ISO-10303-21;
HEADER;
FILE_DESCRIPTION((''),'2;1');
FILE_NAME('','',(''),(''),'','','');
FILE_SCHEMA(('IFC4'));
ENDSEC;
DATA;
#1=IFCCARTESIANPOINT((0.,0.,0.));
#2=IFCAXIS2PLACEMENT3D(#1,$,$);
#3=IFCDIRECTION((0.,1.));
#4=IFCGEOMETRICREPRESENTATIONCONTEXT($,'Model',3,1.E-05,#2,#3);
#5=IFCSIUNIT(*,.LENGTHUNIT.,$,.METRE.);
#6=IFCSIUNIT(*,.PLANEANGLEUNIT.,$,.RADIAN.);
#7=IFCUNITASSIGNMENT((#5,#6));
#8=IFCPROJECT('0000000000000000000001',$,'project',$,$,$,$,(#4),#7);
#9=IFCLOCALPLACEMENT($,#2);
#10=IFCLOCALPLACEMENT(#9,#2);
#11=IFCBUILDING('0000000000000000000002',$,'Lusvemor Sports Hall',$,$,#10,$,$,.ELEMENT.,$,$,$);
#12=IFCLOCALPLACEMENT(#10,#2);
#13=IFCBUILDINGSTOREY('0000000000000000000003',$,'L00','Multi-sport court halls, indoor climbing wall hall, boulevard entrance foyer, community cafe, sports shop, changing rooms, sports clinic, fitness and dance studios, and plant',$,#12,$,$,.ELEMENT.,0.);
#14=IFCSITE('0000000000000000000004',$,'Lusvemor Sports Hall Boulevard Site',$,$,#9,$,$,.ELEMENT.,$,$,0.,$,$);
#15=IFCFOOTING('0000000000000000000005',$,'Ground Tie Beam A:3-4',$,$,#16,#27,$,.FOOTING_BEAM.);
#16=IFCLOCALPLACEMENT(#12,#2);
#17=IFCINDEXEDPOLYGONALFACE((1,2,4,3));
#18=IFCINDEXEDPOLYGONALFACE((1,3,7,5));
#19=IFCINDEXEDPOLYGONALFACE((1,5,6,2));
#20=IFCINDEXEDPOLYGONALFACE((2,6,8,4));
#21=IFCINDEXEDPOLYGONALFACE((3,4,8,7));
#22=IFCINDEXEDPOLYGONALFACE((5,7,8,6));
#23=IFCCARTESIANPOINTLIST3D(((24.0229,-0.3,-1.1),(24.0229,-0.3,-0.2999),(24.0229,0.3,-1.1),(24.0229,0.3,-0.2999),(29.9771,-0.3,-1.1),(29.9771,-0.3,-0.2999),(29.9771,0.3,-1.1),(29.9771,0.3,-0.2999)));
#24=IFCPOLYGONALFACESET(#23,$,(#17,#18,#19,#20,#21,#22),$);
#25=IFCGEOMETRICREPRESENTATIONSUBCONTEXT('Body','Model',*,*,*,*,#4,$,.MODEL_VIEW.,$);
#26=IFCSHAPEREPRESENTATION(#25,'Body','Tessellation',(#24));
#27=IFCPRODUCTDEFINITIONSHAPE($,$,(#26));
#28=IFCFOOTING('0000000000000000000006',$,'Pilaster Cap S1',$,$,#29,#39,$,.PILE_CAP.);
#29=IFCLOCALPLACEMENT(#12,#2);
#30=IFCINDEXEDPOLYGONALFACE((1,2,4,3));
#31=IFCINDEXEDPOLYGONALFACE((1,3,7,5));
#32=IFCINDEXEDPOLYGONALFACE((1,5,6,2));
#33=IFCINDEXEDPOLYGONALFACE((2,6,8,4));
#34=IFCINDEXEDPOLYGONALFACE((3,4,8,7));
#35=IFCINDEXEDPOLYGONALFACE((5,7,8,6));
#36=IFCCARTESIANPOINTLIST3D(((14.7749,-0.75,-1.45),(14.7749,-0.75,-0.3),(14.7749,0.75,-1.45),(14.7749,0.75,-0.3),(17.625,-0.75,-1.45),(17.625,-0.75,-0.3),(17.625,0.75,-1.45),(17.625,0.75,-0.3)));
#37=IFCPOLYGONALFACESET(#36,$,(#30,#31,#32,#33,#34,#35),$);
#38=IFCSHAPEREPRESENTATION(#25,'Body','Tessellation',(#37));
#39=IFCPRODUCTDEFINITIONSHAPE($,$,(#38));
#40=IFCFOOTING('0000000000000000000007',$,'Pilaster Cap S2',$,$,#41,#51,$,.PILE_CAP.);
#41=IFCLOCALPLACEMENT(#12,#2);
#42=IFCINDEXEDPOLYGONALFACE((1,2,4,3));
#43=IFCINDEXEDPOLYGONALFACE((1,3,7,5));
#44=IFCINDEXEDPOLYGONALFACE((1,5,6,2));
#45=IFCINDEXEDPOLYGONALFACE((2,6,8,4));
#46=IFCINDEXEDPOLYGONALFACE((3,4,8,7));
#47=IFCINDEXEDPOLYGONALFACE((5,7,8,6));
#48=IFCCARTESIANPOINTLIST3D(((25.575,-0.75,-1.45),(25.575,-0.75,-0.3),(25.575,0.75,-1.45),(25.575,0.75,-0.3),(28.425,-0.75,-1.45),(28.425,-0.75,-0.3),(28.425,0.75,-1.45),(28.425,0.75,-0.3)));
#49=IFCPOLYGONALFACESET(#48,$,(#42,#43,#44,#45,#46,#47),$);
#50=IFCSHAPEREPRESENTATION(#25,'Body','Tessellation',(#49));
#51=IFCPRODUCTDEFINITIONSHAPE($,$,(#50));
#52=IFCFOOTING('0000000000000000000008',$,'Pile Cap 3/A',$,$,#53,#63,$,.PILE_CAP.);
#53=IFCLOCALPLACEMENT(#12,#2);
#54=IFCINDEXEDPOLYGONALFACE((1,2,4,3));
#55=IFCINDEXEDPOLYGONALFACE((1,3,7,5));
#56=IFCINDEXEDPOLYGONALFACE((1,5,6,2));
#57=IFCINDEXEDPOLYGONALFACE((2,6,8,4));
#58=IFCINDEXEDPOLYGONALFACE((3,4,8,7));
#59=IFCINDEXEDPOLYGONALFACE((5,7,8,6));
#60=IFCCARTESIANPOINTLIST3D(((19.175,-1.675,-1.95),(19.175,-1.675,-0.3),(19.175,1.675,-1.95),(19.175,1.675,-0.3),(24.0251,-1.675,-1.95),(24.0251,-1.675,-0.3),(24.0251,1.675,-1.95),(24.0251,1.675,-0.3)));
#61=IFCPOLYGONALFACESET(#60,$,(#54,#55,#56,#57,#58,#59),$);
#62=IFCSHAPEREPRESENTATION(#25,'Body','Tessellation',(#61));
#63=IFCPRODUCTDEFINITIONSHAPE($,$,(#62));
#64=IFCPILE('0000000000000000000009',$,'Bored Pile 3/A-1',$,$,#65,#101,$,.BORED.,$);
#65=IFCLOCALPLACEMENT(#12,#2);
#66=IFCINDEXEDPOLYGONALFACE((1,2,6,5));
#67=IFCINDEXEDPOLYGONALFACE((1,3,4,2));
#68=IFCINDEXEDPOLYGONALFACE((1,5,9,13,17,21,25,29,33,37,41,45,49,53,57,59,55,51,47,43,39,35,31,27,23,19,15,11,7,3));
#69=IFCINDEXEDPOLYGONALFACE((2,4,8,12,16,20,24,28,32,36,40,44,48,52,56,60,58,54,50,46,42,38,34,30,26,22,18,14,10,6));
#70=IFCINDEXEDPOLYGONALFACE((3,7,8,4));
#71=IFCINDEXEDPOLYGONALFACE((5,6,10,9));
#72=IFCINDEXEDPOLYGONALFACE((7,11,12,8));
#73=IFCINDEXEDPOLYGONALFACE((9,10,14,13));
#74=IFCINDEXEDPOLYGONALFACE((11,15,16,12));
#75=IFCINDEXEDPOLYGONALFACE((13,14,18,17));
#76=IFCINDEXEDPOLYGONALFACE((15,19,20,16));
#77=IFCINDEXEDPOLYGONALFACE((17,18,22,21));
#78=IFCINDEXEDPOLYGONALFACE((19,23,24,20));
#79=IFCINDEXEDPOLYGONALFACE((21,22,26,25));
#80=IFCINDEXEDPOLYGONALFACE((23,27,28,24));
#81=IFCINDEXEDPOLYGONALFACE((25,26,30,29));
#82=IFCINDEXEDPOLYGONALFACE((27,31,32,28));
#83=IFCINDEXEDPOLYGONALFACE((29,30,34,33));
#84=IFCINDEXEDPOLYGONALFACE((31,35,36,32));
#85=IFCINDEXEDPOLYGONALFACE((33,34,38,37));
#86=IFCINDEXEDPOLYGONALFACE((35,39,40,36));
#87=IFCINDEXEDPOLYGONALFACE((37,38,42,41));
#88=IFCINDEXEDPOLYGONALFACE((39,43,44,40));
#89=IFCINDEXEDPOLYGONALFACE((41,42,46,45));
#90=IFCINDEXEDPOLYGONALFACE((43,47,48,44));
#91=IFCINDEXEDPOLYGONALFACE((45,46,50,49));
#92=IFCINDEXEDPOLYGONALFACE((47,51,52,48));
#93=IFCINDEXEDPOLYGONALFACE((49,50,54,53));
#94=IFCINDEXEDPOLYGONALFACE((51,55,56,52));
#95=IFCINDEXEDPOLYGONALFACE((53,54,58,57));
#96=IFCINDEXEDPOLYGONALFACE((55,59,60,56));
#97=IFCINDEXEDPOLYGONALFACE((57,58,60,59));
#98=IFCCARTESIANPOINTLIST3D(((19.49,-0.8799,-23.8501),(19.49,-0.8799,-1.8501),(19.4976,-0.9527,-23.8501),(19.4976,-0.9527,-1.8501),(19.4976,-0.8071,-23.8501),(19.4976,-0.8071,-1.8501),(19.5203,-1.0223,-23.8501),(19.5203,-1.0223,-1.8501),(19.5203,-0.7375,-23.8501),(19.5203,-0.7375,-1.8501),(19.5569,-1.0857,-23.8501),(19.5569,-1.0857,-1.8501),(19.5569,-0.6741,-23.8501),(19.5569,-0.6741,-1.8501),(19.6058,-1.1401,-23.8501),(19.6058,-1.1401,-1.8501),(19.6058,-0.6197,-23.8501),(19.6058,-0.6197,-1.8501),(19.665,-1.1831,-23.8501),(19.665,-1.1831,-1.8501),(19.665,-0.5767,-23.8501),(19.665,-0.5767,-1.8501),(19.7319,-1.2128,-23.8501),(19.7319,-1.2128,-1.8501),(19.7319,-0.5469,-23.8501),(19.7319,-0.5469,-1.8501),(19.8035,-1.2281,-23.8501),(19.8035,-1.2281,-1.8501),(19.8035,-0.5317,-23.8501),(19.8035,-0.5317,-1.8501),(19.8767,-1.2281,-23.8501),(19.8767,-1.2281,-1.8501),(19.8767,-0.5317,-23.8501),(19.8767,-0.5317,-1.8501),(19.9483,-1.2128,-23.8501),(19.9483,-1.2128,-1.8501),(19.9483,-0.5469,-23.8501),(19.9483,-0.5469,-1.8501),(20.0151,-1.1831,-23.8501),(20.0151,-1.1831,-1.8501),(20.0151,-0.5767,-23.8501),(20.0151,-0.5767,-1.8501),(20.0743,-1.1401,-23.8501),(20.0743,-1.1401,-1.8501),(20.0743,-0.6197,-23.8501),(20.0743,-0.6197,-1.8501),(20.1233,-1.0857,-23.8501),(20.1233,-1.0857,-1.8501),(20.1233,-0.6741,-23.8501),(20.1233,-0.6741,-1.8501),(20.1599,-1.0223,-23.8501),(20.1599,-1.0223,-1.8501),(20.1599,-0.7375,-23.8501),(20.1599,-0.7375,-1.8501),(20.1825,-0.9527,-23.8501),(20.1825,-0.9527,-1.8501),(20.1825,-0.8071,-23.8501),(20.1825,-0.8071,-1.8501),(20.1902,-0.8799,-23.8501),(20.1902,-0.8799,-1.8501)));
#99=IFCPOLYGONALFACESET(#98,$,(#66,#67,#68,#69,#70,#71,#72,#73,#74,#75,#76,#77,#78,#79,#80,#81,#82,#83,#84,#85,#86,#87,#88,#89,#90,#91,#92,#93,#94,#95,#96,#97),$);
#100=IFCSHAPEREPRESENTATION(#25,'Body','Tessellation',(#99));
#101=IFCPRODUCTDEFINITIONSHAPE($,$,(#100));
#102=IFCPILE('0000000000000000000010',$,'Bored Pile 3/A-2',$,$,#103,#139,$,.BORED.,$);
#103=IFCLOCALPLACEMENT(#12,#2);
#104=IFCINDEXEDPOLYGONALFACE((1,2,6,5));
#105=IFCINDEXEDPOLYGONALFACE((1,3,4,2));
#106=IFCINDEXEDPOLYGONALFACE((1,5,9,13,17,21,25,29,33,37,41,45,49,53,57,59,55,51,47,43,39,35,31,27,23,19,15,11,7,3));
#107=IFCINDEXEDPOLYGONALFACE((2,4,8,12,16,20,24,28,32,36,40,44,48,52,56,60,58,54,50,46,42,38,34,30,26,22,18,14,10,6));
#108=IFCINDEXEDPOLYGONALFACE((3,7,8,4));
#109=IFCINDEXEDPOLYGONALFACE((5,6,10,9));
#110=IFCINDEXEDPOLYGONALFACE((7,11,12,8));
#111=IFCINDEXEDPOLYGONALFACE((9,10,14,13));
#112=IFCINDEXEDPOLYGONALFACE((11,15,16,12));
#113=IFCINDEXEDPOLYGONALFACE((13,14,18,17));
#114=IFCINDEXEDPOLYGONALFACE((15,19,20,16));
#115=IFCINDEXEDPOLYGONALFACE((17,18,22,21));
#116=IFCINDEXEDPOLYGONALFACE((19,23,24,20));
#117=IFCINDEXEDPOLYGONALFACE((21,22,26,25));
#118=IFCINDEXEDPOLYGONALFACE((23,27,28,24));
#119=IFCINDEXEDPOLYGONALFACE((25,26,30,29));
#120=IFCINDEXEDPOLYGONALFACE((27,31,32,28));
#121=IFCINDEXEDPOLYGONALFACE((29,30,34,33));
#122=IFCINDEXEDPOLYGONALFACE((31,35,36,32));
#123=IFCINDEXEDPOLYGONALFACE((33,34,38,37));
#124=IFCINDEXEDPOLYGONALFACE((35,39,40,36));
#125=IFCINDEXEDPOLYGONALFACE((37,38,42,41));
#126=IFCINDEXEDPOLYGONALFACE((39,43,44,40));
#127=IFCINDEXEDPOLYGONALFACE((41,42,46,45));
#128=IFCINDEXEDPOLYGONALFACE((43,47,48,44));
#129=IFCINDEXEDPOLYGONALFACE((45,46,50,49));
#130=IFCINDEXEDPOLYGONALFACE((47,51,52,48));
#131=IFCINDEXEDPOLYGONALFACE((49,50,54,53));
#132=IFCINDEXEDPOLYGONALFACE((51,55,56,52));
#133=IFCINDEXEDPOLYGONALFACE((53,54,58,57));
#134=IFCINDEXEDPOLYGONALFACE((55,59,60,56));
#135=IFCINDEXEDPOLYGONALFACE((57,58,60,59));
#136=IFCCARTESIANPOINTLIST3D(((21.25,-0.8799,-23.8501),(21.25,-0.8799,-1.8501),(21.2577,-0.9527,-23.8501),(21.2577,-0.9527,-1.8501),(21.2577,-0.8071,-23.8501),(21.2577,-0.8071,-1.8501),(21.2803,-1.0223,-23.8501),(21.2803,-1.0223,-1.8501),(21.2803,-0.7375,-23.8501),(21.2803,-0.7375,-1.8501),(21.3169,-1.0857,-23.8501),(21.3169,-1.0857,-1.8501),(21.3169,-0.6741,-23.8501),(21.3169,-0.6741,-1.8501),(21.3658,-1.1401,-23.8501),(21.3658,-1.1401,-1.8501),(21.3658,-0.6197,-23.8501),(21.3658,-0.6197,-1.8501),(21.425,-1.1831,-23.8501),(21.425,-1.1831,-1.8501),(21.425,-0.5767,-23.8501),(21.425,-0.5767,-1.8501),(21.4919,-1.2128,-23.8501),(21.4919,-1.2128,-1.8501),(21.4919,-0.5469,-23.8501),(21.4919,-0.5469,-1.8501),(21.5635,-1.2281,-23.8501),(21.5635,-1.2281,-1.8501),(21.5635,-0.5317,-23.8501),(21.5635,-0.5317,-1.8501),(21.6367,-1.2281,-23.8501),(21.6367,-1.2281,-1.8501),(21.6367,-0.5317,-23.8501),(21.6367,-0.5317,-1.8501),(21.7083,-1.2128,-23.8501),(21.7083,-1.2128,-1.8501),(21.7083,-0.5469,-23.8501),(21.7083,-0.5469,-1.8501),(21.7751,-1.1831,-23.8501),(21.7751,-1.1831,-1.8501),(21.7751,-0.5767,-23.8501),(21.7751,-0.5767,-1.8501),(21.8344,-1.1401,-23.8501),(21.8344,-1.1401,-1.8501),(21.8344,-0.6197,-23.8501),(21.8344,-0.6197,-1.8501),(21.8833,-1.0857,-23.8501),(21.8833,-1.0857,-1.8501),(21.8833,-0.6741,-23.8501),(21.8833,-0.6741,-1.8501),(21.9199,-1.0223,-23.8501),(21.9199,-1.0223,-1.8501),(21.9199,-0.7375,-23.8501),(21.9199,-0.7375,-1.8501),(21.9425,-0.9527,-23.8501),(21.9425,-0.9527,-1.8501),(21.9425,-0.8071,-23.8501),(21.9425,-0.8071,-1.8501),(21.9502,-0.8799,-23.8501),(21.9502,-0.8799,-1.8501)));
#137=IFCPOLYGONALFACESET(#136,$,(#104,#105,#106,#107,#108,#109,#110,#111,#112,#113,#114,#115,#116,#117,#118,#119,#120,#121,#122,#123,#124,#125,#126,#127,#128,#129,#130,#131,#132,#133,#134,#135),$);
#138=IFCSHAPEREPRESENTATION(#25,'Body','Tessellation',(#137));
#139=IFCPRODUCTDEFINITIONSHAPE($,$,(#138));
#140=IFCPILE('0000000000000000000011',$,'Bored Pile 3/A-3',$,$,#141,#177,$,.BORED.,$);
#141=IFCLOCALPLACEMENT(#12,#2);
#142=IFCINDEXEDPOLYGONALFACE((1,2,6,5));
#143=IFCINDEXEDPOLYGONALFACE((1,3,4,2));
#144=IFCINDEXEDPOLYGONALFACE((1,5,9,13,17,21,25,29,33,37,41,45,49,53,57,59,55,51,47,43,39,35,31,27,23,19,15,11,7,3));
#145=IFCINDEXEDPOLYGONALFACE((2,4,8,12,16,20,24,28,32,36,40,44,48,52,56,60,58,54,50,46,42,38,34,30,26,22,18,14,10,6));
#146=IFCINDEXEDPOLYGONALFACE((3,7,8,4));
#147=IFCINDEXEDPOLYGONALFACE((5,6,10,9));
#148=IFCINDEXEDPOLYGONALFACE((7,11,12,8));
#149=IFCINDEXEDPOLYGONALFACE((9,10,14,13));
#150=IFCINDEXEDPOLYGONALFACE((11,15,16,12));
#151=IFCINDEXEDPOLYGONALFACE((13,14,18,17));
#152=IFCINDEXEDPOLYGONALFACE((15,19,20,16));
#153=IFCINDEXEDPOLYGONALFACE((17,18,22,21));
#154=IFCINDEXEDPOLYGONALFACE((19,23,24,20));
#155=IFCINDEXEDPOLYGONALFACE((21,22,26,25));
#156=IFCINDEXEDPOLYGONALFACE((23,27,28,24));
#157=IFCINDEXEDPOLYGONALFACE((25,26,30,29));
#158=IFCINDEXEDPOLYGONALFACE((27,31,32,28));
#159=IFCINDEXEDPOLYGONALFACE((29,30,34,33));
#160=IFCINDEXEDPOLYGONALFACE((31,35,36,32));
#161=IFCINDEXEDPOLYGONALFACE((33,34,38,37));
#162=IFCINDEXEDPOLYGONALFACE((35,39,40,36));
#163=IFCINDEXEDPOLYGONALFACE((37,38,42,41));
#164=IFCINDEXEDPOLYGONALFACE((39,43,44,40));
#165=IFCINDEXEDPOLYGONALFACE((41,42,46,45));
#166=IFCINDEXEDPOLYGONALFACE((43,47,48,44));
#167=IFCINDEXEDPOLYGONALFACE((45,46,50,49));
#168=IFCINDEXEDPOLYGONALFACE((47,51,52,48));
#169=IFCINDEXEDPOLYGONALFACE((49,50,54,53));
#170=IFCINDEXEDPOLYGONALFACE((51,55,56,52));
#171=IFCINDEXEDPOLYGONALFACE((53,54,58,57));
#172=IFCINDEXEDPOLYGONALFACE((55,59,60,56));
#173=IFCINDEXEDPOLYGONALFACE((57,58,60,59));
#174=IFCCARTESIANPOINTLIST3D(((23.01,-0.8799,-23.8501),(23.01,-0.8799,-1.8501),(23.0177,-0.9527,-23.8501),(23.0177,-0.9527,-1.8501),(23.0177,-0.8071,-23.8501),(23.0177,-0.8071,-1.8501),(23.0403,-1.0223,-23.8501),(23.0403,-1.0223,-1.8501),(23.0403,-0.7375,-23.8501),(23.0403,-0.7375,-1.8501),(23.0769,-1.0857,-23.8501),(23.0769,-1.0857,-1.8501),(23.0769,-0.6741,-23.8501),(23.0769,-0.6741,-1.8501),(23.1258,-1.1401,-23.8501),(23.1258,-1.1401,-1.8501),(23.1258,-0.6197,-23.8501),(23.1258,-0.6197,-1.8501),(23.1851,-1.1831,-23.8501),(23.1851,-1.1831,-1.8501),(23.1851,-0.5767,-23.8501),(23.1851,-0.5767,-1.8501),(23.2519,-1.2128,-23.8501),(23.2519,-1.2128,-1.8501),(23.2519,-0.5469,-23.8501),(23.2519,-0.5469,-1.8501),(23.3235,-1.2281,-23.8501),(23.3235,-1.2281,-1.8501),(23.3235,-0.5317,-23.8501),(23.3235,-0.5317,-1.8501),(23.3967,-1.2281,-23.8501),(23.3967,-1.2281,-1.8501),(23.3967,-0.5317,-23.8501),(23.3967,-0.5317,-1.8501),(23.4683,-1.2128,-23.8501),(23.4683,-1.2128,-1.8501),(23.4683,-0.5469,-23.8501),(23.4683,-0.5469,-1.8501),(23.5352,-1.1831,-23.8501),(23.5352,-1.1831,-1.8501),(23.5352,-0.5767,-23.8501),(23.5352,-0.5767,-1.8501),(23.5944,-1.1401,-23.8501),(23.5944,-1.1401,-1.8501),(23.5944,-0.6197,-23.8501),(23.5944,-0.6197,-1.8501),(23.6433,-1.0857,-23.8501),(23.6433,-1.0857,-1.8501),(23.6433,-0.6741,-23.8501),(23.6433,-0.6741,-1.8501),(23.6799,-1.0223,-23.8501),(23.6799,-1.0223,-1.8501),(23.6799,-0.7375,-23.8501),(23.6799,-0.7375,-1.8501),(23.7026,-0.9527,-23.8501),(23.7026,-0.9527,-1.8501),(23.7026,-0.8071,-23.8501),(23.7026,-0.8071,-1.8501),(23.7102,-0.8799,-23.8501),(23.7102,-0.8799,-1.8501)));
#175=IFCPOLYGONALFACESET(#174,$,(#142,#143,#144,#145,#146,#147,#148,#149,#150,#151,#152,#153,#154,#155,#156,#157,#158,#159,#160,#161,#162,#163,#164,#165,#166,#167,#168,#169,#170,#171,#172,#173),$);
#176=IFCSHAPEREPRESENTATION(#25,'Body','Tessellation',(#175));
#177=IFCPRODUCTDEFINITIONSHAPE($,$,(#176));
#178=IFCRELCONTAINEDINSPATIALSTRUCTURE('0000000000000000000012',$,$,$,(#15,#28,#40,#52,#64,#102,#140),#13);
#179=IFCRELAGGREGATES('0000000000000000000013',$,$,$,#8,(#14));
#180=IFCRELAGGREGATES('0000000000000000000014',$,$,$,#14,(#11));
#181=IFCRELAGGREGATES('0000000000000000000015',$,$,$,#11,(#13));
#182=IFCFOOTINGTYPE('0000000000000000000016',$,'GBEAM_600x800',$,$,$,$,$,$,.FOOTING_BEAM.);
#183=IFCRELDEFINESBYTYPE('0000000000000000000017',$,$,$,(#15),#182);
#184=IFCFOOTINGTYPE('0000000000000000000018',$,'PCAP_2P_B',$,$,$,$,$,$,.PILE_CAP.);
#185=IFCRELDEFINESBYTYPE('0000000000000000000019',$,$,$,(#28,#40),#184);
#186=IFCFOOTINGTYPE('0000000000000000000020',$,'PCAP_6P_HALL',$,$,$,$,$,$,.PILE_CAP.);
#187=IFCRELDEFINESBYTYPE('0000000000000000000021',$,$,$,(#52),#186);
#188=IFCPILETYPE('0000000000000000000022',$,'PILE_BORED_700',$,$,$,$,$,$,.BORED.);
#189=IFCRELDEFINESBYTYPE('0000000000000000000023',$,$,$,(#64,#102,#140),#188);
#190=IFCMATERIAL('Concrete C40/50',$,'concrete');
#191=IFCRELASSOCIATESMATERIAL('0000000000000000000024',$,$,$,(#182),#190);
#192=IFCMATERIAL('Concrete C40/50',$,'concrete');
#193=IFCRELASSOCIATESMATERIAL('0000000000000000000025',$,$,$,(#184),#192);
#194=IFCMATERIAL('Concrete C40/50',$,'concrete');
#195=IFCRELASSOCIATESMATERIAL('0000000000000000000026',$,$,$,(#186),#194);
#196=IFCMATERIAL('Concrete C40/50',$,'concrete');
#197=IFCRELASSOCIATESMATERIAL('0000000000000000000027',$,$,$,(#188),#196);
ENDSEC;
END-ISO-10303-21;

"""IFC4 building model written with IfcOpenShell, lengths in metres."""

from ifc_helpers import new_model, si_unit, direction, frame, origin, origin_2d, place, context, subcontext, project, spatial, rectangle, circle, extrude, material, material_profile, profile_set, type_object, element, save


model = new_model("IFC4")

# Units and contexts
model_context = context("Model", 3, precision=1e-05, world=origin(), true_north=direction((0.0, 1.0)))
body_context = subcontext(model_context, "Body", "Model", "MODEL_VIEW")
ifc_project = project(units=[si_unit("LENGTHUNIT", "METRE"), si_unit("PLANEANGLEUNIT", "RADIAN")], contexts=[model_context])

# Site, building, storey
site_placement = place(None, origin())
site = spatial("IfcSite", under=ifc_project, at=site_placement, Name="Lusvemor Sports Hall Boulevard Site", CompositionType="ELEMENT", RefElevation=0.0)
building_placement = place(site_placement, origin())
building = spatial("IfcBuilding", under=site, at=building_placement, Name="Lusvemor Sports Hall", CompositionType="ELEMENT")
storey_placement = place(building_placement, origin())
storey = spatial("IfcBuildingStorey", under=building, at=storey_placement, Name="L00", Description="Multi-sport court halls, indoor climbing wall hall, boulevard entrance foyer, community cafe, sports shop, changing rooms, sports clinic, fitness and dance studios, and plant", CompositionType="ELEMENT", Elevation=0.0)

# Footings
ifc_material_1 = material(Name="Concrete C40/50", Category="concrete")
ifc_material_profile_1 = material_profile(ifc_material_1, rectangle(XDim=0.6001, YDim=0.8, at=origin_2d()), Name="GB_600x800")
ifc_profile_set_1 = profile_set([ifc_material_profile_1], Name="Concrete C40/50")
footing_type_1 = type_object("IfcFootingType", Name="GBEAM_600x800", PredefinedType="FOOTING_BEAM", material=ifc_profile_set_1)
footing_1_placement = place(storey_placement, frame((24.0229, 0.0, -0.7), z_axis=(1.0, 0.0, 0.0), x_axis=(0.0, 1.0, 0.0)))
element("IfcFooting", 1, at=footing_1_placement, inside=storey, type_object=footing_type_1, Name="Ground Tie Beam A:3-4", PredefinedType="FOOTING_BEAM", context=body_context, shape_type="SweptSolid", body=[
    extrude(rectangle(XDim=0.6001, YDim=0.8, at=origin_2d()), origin(), (0.0, 0.0, 1.0), 5.9541),
])
ifc_material_2 = material(Name="Concrete C40/50", Category="concrete")
footing_type_2 = type_object("IfcFootingType", Name="PCAP_2P_B", PredefinedType="PILE_CAP", material=ifc_material_2)
for number, where, z_axis, x_axis, name in (
    (2, (16.2, 0.0, -1.45), (0.0, 0.0, 1.0), (1.0, 0.0, 0.0), "Pilaster Cap S1"),
    (3, (27.0, 0.0, -1.45), (0.0, 0.0, 1.0), (1.0, 0.0, 0.0), "Pilaster Cap S2"),
):
    element("IfcFooting", number, at=place(storey_placement, frame(where, z_axis=z_axis, x_axis=x_axis)), inside=storey, type_object=footing_type_2, Name=name, PredefinedType="PILE_CAP", context=body_context, shape_type="SweptSolid", body=[
        extrude(rectangle(XDim=2.8501, YDim=1.5, at=origin_2d()), origin(), (0.0, 0.0, 1.0), 1.1499),
    ])
ifc_material_3 = material(Name="Concrete C40/50", Category="concrete")
footing_type_3 = type_object("IfcFootingType", Name="PCAP_6P_HALL", PredefinedType="PILE_CAP", material=ifc_material_3)
footing_2_placement = place(storey_placement, frame((21.6001, 0.0, -1.95), z_axis=(0.0, 0.0, 1.0), x_axis=(1.0, 0.0, 0.0)))
element("IfcFooting", 4, at=footing_2_placement, inside=storey, type_object=footing_type_3, Name="Pile Cap 3/A", PredefinedType="PILE_CAP", context=body_context, shape_type="SweptSolid", body=[
    extrude(rectangle(XDim=4.8501, YDim=3.3501, at=origin_2d()), origin(), (0.0, 0.0, 1.0), 1.6499),
])

# Piles
ifc_material_4 = material(Name="Concrete C40/50", Category="concrete")
ifc_material_profile_2 = material_profile(ifc_material_4, circle(Radius=0.3501, at=origin_2d()), Name="PILE700")
ifc_profile_set_2 = profile_set([ifc_material_profile_2], Name="Concrete C40/50")
pile_type = type_object("IfcPileType", Name="PILE_BORED_700", PredefinedType="BORED", material=ifc_profile_set_2)
for number, where, z_axis, x_axis, name in (
    (5, (19.8401, -0.8799, -1.8501), (0.0, 0.0, -1.0), (1.0, 0.0, 0.0), "Bored Pile 3/A-1"),
    (6, (21.6001, -0.8799, -1.8501), (0.0, 0.0, -1.0), (1.0, 0.0, 0.0), "Bored Pile 3/A-2"),
    (7, (23.3601, -0.8799, -1.8501), (0.0, 0.0, -1.0), (1.0, 0.0, 0.0), "Bored Pile 3/A-3"),
):
    element("IfcPile", number, at=place(storey_placement, frame(where, z_axis=z_axis, x_axis=x_axis)), inside=storey, type_object=pile_type, Name=name, PredefinedType="BORED", context=body_context, shape_type="SweptSolid", body=[
        extrude(circle(Radius=0.3501, at=origin_2d()), origin(), (0.0, 0.0, 1.0), 22.0),
    ])

save(model, "model.ifc")
